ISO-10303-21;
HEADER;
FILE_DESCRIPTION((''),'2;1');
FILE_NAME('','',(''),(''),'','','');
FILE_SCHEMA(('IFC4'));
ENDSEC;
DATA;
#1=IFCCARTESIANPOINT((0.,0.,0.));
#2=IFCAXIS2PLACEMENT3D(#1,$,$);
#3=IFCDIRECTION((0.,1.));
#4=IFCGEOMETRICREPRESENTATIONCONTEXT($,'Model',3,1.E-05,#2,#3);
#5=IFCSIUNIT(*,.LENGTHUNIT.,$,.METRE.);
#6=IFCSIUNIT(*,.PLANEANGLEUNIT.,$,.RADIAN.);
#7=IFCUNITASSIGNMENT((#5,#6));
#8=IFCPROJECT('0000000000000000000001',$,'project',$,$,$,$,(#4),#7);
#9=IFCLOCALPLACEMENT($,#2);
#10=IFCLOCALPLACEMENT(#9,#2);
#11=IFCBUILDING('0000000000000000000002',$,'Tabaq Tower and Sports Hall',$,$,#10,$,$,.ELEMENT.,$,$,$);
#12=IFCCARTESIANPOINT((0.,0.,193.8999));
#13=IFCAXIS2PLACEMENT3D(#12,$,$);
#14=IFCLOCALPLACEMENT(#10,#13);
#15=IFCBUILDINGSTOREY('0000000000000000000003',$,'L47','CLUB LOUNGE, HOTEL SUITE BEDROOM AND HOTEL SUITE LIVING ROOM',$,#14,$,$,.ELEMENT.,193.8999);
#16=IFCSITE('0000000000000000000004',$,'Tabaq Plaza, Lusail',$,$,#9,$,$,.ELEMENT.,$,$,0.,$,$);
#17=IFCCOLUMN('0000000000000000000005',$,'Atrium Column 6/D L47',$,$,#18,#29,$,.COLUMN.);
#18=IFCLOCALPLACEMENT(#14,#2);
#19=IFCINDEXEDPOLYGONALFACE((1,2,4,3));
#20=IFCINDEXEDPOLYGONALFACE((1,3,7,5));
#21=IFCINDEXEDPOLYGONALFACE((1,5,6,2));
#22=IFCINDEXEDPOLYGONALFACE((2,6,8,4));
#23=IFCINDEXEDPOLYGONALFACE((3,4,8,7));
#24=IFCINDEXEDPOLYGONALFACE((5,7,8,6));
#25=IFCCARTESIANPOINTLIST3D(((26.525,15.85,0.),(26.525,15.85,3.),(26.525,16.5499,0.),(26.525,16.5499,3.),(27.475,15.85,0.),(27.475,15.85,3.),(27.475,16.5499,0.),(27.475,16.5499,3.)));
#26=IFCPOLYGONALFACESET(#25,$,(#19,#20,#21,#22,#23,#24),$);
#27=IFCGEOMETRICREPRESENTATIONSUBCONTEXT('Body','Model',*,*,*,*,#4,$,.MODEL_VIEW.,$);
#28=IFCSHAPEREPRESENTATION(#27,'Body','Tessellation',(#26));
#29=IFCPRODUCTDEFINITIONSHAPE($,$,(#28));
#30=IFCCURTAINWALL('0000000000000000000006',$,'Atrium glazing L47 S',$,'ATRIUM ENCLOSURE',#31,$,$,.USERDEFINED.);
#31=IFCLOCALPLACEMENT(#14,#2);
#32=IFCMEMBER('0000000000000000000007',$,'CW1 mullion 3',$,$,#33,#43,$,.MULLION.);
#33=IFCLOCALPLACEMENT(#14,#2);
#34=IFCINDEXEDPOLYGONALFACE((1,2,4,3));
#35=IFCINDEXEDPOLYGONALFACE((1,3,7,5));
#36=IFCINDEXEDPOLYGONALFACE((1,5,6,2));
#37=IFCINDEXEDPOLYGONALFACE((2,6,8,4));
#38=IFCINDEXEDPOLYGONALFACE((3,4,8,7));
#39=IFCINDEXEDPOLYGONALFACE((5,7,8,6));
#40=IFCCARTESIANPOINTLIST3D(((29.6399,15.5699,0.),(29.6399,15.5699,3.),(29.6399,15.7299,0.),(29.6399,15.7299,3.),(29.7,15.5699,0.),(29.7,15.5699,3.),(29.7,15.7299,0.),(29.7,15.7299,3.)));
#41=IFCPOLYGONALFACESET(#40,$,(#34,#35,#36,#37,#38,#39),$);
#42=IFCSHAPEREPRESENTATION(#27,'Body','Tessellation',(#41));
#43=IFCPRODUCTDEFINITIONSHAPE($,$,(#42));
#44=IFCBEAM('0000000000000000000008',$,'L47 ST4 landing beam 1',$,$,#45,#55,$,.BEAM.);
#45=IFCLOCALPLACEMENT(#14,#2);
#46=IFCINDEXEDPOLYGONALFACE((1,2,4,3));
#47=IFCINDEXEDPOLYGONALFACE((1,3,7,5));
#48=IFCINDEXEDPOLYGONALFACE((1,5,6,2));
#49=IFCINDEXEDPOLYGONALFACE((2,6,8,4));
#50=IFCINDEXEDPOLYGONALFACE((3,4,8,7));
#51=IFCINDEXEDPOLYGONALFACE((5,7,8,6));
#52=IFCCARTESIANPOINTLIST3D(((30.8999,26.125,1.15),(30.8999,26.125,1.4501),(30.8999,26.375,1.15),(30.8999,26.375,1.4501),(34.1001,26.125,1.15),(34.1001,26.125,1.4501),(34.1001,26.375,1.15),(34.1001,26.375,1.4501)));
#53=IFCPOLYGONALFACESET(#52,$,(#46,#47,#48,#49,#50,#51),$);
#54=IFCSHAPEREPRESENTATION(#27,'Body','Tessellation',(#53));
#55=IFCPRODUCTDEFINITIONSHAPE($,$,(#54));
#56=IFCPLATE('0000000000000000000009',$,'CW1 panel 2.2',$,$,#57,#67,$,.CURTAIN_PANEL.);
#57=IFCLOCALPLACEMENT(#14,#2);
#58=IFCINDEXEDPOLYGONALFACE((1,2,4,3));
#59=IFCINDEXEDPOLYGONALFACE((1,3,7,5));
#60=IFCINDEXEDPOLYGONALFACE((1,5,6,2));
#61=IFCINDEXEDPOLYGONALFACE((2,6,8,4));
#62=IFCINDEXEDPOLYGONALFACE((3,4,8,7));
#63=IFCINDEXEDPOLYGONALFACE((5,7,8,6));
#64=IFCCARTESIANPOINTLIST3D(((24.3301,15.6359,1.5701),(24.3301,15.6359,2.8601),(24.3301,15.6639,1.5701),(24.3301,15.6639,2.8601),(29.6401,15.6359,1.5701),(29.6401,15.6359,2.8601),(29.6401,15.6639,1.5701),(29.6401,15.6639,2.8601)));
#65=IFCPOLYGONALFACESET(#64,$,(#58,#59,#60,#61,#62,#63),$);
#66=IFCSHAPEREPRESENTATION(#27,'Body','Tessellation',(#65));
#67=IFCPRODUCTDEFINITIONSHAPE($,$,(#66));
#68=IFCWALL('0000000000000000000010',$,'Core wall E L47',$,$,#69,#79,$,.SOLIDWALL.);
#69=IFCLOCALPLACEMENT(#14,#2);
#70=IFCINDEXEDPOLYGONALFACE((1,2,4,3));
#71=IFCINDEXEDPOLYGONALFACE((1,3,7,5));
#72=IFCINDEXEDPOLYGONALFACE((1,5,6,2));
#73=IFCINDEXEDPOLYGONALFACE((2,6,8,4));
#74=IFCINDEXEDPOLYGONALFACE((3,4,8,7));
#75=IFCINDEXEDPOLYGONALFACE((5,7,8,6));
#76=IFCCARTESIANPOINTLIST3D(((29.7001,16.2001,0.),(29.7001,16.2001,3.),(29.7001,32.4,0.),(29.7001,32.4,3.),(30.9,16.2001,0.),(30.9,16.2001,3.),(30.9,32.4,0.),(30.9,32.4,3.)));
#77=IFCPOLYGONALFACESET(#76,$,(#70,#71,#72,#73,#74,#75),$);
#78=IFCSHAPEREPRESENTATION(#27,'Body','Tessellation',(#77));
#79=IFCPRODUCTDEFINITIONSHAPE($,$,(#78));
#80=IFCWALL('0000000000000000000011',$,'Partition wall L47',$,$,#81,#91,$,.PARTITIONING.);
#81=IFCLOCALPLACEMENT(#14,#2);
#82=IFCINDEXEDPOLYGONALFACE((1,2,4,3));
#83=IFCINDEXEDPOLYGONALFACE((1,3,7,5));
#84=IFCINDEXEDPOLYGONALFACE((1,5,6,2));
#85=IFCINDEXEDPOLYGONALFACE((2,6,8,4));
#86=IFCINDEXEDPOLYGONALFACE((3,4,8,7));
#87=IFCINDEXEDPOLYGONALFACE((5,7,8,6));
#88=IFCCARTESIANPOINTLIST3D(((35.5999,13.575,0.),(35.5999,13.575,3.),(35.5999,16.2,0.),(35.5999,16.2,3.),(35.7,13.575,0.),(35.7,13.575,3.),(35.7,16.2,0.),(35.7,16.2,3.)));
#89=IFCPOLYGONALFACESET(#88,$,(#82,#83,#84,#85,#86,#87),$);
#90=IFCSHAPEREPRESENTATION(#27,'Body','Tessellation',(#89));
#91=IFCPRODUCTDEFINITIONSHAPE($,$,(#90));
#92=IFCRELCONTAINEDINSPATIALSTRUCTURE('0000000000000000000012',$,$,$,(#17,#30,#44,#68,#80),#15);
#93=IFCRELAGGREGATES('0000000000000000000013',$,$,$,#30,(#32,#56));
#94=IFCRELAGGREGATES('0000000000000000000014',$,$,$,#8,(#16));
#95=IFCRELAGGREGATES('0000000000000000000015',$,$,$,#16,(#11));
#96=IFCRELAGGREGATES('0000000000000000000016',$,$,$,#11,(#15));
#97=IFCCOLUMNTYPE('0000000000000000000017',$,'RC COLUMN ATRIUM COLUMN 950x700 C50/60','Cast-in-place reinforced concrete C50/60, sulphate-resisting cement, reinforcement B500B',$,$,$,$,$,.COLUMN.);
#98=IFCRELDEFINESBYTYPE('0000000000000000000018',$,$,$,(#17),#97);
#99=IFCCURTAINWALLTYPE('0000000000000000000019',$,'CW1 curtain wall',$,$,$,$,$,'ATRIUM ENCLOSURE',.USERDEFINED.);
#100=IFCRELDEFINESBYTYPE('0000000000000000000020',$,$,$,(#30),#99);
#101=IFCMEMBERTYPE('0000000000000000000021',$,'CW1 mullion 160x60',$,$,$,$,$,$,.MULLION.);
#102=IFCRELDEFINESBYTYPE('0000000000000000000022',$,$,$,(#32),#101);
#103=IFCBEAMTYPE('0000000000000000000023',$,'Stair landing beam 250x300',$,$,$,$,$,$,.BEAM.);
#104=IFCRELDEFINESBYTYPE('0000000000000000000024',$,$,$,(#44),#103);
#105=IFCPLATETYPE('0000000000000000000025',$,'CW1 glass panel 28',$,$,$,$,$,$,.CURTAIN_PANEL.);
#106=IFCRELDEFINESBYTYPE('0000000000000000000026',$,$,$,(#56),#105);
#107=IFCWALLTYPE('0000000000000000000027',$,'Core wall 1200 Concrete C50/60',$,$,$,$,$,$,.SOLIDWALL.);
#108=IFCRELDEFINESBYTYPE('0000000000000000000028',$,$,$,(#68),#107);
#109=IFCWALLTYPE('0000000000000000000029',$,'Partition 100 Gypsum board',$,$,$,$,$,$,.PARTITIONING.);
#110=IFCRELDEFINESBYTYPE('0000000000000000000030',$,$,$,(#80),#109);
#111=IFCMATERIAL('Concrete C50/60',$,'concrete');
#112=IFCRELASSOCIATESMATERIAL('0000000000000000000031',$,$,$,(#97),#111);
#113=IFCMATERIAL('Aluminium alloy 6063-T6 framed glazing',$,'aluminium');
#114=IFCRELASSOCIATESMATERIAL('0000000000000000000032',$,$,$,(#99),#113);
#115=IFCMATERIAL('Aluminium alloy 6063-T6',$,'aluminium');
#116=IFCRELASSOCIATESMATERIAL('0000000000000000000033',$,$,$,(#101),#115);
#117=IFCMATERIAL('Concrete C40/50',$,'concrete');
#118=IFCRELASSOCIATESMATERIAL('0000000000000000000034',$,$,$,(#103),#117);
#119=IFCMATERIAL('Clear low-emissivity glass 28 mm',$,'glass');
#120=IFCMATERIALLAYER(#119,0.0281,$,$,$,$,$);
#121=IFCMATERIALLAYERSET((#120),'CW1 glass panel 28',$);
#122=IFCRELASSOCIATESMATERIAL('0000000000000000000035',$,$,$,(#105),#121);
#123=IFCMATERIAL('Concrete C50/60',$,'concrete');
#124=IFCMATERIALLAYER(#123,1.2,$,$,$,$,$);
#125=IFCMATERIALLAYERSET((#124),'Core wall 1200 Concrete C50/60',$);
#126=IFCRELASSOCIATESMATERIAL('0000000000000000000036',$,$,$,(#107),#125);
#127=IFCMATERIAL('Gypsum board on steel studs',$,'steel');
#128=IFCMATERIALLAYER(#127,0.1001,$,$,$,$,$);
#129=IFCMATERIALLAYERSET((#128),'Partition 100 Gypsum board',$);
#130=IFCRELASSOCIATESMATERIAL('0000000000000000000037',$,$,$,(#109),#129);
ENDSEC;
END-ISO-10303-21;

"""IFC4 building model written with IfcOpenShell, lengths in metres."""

from ifc_helpers import new_model, si_unit, direction, frame, frame_2d, origin, origin_2d, place, context, subcontext, project, spatial, rectangle, extrude, material, layer, layer_set, material_profile, profile_set, type_object, element, aggregate, save


model = new_model("IFC4")

# Units and contexts
model_context = context("Model", 3, precision=1e-05, world=origin(), true_north=direction((0.0, 1.0)))
body_context = subcontext(model_context, "Body", "Model", "MODEL_VIEW")
ifc_project = project(units=[si_unit("LENGTHUNIT", "METRE"), si_unit("PLANEANGLEUNIT", "RADIAN")], contexts=[model_context])

# Site, building, storey
site_placement = place(None, origin())
site = spatial("IfcSite", under=ifc_project, at=site_placement, Name="Tabaq Plaza, Lusail", CompositionType="ELEMENT", RefElevation=0.0)
building_placement = place(site_placement, origin())
building = spatial("IfcBuilding", under=site, at=building_placement, Name="Tabaq Tower and Sports Hall", CompositionType="ELEMENT")
storey_placement = place(building_placement, frame((0.0, 0.0, 193.8999)))
storey = spatial("IfcBuildingStorey", under=building, at=storey_placement, Name="L47", Description="CLUB LOUNGE, HOTEL SUITE BEDROOM AND HOTEL SUITE LIVING ROOM", CompositionType="ELEMENT", Elevation=193.8999)

# Column
ifc_material_1 = material(Name="Concrete C50/60", Category="concrete")
ifc_material_profile_1 = material_profile(ifc_material_1, rectangle(XDim=0.95, YDim=0.7, at=origin_2d()), Name="ATRIUM COLUMN 950x700")
ifc_profile_set_1 = profile_set([ifc_material_profile_1], Name="Concrete C50/60")
column_type = type_object("IfcColumnType", Name="RC COLUMN ATRIUM COLUMN 950x700 C50/60", Description="Cast-in-place reinforced concrete C50/60, sulphate-resisting cement, reinforcement B500B", PredefinedType="COLUMN", material=ifc_profile_set_1)
column_placement = place(storey_placement, frame((27.0, 16.2, 0.0), z_axis=(0.0, 0.0, 1.0), x_axis=(1.0, 0.0, 0.0)))
element("IfcColumn", 1, at=column_placement, inside=storey, type_object=column_type, Name="Atrium Column 6/D L47", PredefinedType="COLUMN", context=body_context, shape_type="SweptSolid", body=[
    extrude(rectangle(XDim=0.95, YDim=0.7, at=origin_2d()), origin(), (0.0, 0.0, 1.0), 3.0),
])

# Curtain wall, member
ifc_material_2 = material(Name="Aluminium alloy 6063-T6 framed glazing", Category="aluminium")
curtain_wall_type = type_object("IfcCurtainWallType", Name="CW1 curtain wall", ElementType="ATRIUM ENCLOSURE", PredefinedType="USERDEFINED", material=ifc_material_2)
curtain_wall_placement = place(storey_placement, origin())
curtain_wall = element("IfcCurtainWall", 2, at=curtain_wall_placement, inside=storey, type_object=curtain_wall_type, Name="Atrium glazing L47 S", ObjectType="ATRIUM ENCLOSURE", PredefinedType="USERDEFINED")
ifc_material_3 = material(Name="Aluminium alloy 6063-T6", Category="aluminium")
ifc_material_profile_2 = material_profile(ifc_material_3, rectangle(XDim=0.1599, YDim=0.0601, at=origin_2d()), Name="MULLION 160x60")
ifc_profile_set_2 = profile_set([ifc_material_profile_2], Name="Aluminium alloy 6063-T6")
member_type = type_object("IfcMemberType", Name="CW1 mullion 160x60", PredefinedType="MULLION", material=ifc_profile_set_2)
member_placement = place(storey_placement, frame((29.6699, 15.6499, 0.0), z_axis=(0.0, 0.0, 1.0), x_axis=(0.0, 1.0, 0.0)))
member = element("IfcMember", 3, at=member_placement, type_object=member_type, Name="CW1 mullion 3", PredefinedType="MULLION", context=body_context, shape_type="SweptSolid", body=[
    extrude(rectangle(XDim=0.1599, YDim=0.0601, at=origin_2d()), origin(), (0.0, 0.0, 1.0), 3.0),
])

# Beam
ifc_material_4 = material(Name="Concrete C40/50", Category="concrete")
ifc_material_profile_3 = material_profile(ifc_material_4, rectangle(XDim=0.25, YDim=0.3, at=origin_2d()), Name="RC 250x300")
ifc_profile_set_3 = profile_set([ifc_material_profile_3], Name="Concrete C40/50")
beam_type = type_object("IfcBeamType", Name="Stair landing beam 250x300", PredefinedType="BEAM", material=ifc_profile_set_3)
beam_placement = place(storey_placement, frame((30.8999, 26.25, 1.3), z_axis=(1.0, 0.0, 0.0), x_axis=(0.0, 1.0, 0.0)))
element("IfcBeam", 4, at=beam_placement, inside=storey, type_object=beam_type, Name="L47 ST4 landing beam 1", PredefinedType="BEAM", context=body_context, shape_type="SweptSolid", body=[
    extrude(rectangle(XDim=0.25, YDim=0.3, at=origin_2d()), origin(), (0.0, 0.0, 1.0), 3.2002),
])

# Plate
ifc_material_5 = material(Name="Clear low-emissivity glass 28 mm", Category="glass")
ifc_layer_1 = layer(ifc_material_5, 0.0281)
ifc_layer_set_1 = layer_set([ifc_layer_1], Name="CW1 glass panel 28")
plate_type = type_object("IfcPlateType", Name="CW1 glass panel 28", PredefinedType="CURTAIN_PANEL", material=ifc_layer_set_1)
plate_placement = place(storey_placement, frame((26.9851, 15.6499, 1.5701), z_axis=(0.0, 0.0, 1.0), x_axis=(1.0, 0.0, 0.0)))
plate = element("IfcPlate", 5, at=plate_placement, type_object=plate_type, Name="CW1 panel 2.2", PredefinedType="CURTAIN_PANEL", context=body_context, shape_type="SweptSolid", body=[
    extrude(rectangle(XDim=5.3101, YDim=0.0281, at=origin_2d()), origin(), (0.0, 0.0, 1.0), 1.29),
])
aggregate(curtain_wall, [member, plate])

# Walls
ifc_material_6 = material(Name="Concrete C50/60", Category="concrete")
ifc_layer_2 = layer(ifc_material_6, 1.2)
ifc_layer_set_2 = layer_set([ifc_layer_2], Name="Core wall 1200 Concrete C50/60")
wall_type_1 = type_object("IfcWallType", Name="Core wall 1200 Concrete C50/60", PredefinedType="SOLIDWALL", material=ifc_layer_set_2)
wall_1_placement = place(storey_placement, frame((30.3, 16.2, 0.0), z_axis=(0.0, 0.0, 1.0), x_axis=(0.0, 1.0, 0.0)))
element("IfcWall", 6, at=wall_1_placement, inside=storey, type_object=wall_type_1, Name="Core wall E L47", PredefinedType="SOLIDWALL", context=body_context, shape_type="SweptSolid", body=[
    extrude(rectangle(XDim=16.2, YDim=1.2, at=frame_2d((8.1001, 0.0))), origin(), (0.0, 0.0, 1.0), 3.0),
])
ifc_material_7 = material(Name="Gypsum board on steel studs", Category="steel")
ifc_layer_3 = layer(ifc_material_7, 0.1001)
ifc_layer_set_3 = layer_set([ifc_layer_3], Name="Partition 100 Gypsum board")
wall_type_2 = type_object("IfcWallType", Name="Partition 100 Gypsum board", PredefinedType="PARTITIONING", material=ifc_layer_set_3)
wall_2_placement = place(storey_placement, frame((35.6499, 16.2, 0.0), z_axis=(0.0, 0.0, 1.0), x_axis=(0.0, -1.0, 0.0)))
element("IfcWall", 7, at=wall_2_placement, inside=storey, type_object=wall_type_2, Name="Partition wall L47", PredefinedType="PARTITIONING", context=body_context, shape_type="SweptSolid", body=[
    extrude(rectangle(XDim=2.625, YDim=0.1001, at=frame_2d((1.3125, 0.0))), origin(), (0.0, 0.0, 1.0), 3.0),
])

save(model, "model.ifc")
